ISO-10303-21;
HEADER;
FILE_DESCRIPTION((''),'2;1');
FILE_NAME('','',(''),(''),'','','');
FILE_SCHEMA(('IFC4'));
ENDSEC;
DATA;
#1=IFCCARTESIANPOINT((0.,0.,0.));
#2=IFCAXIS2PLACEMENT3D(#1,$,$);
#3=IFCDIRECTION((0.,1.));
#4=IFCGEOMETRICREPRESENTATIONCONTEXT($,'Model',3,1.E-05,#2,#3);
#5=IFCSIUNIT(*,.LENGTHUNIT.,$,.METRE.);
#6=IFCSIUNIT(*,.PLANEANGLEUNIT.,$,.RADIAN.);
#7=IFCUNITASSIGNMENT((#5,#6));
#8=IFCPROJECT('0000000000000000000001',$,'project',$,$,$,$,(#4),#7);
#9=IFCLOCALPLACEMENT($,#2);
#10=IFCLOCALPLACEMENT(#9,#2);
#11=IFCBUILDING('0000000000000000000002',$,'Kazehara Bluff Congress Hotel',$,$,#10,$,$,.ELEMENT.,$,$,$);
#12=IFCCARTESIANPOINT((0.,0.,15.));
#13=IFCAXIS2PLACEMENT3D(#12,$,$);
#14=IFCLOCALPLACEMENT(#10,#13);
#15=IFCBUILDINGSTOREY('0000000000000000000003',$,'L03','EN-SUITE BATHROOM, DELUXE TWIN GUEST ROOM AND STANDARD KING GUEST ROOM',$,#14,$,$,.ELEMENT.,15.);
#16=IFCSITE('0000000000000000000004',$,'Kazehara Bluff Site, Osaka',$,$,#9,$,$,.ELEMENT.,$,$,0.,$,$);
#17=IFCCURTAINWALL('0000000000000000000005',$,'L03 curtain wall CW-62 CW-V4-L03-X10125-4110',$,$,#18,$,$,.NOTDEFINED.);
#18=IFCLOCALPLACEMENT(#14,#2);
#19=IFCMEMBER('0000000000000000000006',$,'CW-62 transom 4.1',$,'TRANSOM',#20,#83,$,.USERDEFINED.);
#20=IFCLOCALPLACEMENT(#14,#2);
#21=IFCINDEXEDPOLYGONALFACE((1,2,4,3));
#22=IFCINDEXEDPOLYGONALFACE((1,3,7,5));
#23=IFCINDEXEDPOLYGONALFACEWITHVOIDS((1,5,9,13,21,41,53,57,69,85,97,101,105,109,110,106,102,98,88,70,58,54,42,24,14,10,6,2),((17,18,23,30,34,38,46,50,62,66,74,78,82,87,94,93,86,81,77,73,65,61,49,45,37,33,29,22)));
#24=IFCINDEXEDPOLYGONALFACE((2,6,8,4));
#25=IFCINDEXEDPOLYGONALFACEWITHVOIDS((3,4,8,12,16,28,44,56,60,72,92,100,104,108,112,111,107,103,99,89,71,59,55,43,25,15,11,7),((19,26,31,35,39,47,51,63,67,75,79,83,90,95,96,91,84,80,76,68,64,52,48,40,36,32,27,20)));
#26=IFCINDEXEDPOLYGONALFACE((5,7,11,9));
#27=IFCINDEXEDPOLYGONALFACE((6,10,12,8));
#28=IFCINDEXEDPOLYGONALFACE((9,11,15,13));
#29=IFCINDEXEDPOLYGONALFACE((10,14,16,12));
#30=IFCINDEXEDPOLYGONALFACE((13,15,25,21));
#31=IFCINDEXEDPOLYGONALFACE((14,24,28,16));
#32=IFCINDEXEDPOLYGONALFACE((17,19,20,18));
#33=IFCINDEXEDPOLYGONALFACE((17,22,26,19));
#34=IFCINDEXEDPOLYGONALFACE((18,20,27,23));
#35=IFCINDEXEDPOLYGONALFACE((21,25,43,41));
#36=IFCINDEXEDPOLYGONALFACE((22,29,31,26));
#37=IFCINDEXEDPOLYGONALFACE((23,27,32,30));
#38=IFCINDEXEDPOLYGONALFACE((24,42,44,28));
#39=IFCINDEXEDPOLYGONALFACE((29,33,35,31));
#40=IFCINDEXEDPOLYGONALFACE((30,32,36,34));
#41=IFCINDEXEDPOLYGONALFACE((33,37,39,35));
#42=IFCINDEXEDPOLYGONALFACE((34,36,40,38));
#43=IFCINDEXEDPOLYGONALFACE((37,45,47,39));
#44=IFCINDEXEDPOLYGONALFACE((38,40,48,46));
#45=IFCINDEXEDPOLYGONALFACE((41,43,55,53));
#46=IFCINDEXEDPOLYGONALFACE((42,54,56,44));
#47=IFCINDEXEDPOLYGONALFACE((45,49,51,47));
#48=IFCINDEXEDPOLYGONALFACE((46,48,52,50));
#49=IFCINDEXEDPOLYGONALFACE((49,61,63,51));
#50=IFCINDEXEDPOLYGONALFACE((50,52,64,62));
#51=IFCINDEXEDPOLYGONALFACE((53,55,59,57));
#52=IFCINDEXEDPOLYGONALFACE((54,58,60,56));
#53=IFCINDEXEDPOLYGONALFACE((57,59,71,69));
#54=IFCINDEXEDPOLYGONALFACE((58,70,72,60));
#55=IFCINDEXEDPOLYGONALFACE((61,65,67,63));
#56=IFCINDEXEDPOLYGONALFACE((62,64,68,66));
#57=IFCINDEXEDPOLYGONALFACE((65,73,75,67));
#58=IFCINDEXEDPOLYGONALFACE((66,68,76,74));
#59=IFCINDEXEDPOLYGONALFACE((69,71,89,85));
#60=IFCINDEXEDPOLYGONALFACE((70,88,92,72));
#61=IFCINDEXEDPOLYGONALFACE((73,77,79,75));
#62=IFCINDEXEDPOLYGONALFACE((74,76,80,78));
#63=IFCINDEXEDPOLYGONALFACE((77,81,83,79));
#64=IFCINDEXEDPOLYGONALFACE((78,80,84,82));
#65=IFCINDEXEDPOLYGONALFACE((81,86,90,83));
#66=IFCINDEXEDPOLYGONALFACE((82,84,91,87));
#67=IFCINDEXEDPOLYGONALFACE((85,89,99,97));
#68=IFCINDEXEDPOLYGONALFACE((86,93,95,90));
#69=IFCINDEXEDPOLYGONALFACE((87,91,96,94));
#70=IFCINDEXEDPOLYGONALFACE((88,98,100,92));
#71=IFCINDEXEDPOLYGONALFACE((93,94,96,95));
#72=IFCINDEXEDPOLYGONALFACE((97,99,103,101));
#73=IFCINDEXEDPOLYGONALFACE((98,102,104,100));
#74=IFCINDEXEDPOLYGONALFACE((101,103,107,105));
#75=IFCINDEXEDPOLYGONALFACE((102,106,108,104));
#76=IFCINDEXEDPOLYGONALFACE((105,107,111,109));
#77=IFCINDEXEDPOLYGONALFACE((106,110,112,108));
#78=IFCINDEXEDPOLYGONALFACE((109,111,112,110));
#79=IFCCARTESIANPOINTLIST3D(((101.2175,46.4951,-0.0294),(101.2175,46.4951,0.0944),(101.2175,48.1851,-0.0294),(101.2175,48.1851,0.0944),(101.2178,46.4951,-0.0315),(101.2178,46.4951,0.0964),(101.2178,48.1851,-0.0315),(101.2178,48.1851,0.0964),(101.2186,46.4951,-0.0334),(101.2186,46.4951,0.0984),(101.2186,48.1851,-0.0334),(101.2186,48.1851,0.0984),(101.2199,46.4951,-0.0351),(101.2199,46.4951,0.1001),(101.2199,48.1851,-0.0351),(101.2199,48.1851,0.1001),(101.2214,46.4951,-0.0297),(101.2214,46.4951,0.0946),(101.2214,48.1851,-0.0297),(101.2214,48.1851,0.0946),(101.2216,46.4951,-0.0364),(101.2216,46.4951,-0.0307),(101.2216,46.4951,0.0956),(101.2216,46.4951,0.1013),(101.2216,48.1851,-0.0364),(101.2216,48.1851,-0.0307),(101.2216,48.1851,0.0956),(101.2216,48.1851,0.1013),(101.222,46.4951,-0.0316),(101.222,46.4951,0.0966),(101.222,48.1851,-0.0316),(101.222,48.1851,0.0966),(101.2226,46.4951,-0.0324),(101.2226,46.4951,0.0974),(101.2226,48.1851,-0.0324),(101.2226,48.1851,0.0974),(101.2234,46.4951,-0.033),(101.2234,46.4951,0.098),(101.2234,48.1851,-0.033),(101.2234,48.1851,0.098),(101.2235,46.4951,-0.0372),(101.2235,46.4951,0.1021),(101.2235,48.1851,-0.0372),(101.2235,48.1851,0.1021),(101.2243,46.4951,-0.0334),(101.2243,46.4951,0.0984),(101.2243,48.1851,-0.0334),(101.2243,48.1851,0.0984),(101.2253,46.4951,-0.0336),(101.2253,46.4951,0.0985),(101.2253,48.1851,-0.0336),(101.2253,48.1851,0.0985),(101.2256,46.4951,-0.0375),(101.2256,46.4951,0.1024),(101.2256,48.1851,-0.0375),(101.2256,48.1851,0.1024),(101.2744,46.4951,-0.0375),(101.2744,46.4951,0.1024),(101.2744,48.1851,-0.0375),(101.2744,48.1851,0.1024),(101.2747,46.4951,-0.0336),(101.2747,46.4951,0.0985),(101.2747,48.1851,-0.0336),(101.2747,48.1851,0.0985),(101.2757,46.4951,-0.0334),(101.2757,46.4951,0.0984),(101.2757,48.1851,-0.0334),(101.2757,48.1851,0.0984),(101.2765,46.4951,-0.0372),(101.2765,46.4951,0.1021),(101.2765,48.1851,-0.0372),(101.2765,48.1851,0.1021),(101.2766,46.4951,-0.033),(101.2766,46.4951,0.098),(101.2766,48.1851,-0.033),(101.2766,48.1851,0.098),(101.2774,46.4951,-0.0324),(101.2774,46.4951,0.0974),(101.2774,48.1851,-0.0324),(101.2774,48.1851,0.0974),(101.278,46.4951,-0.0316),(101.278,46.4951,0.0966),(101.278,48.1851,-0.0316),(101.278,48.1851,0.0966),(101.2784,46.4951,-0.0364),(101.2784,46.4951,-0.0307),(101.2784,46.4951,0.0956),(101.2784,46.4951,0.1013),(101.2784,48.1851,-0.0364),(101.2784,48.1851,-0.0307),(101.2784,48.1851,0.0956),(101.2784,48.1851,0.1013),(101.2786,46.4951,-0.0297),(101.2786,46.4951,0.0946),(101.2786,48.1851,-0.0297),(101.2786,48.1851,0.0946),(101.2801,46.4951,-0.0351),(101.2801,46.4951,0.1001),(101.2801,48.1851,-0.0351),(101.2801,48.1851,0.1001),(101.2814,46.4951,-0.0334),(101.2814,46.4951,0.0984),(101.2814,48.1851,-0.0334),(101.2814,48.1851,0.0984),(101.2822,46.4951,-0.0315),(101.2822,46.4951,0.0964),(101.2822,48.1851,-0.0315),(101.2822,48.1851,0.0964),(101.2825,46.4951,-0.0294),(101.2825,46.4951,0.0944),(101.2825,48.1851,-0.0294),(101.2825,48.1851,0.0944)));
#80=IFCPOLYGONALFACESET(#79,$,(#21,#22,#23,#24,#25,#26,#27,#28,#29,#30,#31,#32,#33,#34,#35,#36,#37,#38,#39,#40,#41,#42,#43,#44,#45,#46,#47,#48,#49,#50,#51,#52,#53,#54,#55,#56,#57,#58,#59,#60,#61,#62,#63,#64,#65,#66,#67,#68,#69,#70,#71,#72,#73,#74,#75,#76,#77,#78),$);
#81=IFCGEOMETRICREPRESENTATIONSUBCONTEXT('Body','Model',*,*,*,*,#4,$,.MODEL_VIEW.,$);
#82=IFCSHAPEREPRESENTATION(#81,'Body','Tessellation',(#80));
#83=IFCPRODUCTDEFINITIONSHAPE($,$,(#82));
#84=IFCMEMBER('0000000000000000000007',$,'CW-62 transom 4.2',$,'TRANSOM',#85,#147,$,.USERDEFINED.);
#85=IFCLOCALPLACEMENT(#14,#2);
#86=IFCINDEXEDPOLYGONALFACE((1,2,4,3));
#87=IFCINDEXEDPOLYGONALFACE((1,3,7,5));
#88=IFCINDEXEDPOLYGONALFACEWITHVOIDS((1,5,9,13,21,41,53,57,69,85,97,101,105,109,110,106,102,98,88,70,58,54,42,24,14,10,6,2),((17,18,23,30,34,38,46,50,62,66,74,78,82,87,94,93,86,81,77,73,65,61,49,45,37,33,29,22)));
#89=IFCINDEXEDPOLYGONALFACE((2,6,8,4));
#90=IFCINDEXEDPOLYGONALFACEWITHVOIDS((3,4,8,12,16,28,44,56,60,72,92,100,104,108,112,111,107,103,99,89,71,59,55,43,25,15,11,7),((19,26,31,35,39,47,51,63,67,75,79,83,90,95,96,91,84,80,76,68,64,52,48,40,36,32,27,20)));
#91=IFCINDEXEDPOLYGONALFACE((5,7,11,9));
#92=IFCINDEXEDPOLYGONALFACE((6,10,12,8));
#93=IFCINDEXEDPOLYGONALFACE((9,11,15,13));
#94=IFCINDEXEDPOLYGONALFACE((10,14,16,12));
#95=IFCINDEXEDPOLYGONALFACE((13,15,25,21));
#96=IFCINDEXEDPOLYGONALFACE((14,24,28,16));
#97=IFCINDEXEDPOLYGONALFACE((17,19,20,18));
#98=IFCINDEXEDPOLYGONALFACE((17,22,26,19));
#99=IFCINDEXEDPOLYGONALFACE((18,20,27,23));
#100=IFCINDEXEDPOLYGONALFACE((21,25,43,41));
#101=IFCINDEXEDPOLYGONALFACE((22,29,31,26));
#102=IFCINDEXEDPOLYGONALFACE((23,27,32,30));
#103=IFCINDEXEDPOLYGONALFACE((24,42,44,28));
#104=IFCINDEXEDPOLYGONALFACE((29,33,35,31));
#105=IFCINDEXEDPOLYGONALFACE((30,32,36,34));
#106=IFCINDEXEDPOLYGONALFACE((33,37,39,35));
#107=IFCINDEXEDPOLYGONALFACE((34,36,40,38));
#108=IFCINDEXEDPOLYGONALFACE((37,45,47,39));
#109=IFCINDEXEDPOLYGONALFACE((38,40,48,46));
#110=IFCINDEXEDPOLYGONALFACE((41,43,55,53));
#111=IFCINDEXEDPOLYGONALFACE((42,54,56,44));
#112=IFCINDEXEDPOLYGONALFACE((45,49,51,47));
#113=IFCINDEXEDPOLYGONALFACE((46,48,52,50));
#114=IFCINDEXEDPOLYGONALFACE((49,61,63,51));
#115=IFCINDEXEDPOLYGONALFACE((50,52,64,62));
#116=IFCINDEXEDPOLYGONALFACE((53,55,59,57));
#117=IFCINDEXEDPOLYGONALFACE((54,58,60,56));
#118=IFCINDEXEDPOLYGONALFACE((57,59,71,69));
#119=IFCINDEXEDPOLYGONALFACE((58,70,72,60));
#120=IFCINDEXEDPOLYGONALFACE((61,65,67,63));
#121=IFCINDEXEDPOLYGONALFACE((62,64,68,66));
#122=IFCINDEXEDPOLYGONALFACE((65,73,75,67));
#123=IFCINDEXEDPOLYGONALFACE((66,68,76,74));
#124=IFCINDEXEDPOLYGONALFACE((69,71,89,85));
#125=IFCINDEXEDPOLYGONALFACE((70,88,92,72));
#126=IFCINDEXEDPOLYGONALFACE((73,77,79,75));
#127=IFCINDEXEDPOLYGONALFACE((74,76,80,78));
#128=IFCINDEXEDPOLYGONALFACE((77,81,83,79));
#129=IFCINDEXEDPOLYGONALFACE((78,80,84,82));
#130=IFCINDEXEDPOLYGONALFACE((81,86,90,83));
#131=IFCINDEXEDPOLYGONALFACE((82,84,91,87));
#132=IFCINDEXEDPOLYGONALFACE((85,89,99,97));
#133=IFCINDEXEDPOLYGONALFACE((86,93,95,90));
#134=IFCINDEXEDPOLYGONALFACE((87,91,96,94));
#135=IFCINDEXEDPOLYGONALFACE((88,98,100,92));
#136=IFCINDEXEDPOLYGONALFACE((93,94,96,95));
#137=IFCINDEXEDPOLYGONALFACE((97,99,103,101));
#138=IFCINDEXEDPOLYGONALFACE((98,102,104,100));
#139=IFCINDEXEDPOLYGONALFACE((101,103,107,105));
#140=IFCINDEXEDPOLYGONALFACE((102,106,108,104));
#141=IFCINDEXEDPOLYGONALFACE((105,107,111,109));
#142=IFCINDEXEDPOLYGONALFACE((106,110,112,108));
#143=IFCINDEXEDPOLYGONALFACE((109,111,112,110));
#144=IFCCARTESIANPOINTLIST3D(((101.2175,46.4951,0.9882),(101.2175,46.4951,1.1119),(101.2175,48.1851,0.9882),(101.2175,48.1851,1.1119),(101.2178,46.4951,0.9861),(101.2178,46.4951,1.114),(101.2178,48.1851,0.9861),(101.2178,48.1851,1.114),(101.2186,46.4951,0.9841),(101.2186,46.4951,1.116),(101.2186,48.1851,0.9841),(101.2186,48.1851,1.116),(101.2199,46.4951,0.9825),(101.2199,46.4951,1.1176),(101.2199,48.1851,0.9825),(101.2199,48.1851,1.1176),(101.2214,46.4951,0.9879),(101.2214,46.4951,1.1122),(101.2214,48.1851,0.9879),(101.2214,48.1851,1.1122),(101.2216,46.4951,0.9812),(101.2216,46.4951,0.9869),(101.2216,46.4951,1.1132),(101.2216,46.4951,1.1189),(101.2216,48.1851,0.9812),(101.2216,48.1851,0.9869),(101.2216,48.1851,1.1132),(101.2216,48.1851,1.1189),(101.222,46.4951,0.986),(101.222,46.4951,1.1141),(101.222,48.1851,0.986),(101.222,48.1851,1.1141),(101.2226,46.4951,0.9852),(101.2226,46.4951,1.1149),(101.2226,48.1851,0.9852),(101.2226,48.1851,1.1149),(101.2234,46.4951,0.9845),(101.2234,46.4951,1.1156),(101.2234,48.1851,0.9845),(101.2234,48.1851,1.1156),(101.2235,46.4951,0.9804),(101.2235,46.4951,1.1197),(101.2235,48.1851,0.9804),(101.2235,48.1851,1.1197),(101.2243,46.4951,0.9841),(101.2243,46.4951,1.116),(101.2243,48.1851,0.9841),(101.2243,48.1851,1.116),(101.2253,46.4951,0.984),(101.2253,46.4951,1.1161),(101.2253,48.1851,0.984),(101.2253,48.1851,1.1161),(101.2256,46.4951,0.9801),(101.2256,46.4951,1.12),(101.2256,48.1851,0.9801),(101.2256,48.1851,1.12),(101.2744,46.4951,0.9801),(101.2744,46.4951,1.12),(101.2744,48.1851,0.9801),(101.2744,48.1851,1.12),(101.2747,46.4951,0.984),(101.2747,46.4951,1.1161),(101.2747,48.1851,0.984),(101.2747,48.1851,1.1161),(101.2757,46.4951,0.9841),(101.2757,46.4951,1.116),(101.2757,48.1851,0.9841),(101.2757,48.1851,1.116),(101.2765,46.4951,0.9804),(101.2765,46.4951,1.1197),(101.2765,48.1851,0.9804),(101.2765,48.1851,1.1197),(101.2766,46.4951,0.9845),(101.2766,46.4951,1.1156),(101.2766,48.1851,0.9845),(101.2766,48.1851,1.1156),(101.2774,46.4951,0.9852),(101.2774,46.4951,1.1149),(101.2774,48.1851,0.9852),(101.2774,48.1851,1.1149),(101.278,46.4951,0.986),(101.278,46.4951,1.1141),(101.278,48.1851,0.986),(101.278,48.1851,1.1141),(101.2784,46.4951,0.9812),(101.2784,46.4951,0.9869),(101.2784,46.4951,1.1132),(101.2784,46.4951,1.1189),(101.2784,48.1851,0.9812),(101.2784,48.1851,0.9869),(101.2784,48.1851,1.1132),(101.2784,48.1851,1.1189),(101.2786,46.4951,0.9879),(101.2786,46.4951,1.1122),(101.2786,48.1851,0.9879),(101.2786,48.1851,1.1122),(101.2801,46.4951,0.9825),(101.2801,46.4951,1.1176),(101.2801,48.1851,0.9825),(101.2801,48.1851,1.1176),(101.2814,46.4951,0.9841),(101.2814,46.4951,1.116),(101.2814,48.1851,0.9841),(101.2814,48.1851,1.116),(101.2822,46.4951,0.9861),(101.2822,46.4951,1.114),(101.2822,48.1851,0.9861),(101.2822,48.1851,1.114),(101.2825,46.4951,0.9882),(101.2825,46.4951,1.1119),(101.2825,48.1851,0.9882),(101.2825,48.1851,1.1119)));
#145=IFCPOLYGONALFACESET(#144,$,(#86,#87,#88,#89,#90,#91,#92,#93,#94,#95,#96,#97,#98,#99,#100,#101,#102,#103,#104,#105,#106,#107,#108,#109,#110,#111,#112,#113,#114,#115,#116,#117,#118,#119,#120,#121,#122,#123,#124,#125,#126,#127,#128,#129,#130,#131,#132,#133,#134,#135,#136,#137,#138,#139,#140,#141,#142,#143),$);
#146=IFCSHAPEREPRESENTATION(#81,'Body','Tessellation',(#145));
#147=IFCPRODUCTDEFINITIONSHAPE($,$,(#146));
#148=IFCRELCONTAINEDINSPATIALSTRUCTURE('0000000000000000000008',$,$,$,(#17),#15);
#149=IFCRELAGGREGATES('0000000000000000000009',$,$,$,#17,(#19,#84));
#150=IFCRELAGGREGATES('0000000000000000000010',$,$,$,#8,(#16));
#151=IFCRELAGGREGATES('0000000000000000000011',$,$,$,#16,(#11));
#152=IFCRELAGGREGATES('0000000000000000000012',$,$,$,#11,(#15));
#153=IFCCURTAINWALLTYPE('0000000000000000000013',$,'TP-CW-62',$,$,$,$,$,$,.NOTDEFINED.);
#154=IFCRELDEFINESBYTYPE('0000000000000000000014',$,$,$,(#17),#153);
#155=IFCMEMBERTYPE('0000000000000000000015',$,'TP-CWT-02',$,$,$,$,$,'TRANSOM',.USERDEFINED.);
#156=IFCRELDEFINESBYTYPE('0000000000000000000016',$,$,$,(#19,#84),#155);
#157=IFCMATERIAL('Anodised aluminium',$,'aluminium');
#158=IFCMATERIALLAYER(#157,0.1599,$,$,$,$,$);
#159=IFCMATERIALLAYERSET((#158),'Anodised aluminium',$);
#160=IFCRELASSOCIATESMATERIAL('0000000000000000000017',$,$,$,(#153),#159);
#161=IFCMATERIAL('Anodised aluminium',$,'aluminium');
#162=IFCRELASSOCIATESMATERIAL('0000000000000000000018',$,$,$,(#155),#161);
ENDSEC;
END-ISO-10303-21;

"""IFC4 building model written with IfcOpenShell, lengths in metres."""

from ifc_helpers import new_model, si_unit, direction, frame, origin, origin_2d, place, context, subcontext, project, spatial, hollow_rectangle, extrude, material, layer, layer_set, material_profile, profile_set, type_object, element, aggregate, save


model = new_model("IFC4")

# Units and contexts
model_context = context("Model", 3, precision=1e-05, world=origin(), true_north=direction((0.0, 1.0)))
body_context = subcontext(model_context, "Body", "Model", "MODEL_VIEW")
ifc_project = project(units=[si_unit("LENGTHUNIT", "METRE"), si_unit("PLANEANGLEUNIT", "RADIAN")], contexts=[model_context])

# Site, building, storey
site_placement = place(None, origin())
site = spatial("IfcSite", under=ifc_project, at=site_placement, Name="Kazehara Bluff Site, Osaka", CompositionType="ELEMENT", RefElevation=0.0)
building_placement = place(site_placement, origin())
building = spatial("IfcBuilding", under=site, at=building_placement, Name="Kazehara Bluff Congress Hotel", CompositionType="ELEMENT")
storey_placement = place(building_placement, frame((0.0, 0.0, 15.0)))
storey = spatial("IfcBuildingStorey", under=building, at=storey_placement, Name="L03", Description="EN-SUITE BATHROOM, DELUXE TWIN GUEST ROOM AND STANDARD KING GUEST ROOM", CompositionType="ELEMENT", Elevation=15.0)

# Curtain wall
ifc_material_1 = material(Name="Anodised aluminium", Category="aluminium")
ifc_layer_1 = layer(ifc_material_1, 0.1599)
ifc_layer_set_1 = layer_set([ifc_layer_1], Name="Anodised aluminium")
curtain_wall_type_1 = type_object("IfcCurtainWallType", Name="TP-CW-62", PredefinedType="NOTDEFINED", material=ifc_layer_set_1)
curtain_wall_1_placement = place(storey_placement, origin())
curtain_wall_1 = element("IfcCurtainWall", 1, at=curtain_wall_1_placement, inside=storey, type_object=curtain_wall_type_1, Name="L03 curtain wall CW-62 CW-V4-L03-X10125-4110", PredefinedType="NOTDEFINED")

# Members
ifc_material_2 = material(Name="Anodised aluminium", Category="aluminium")
ifc_material_profile_1 = material_profile(ifc_material_2, hollow_rectangle(XDim=0.0649, YDim=0.1399, WallThickness=0.0039, InnerFilletRadius=0.0039, OuterFilletRadius=0.0081, at=origin_2d()))
ifc_profile_set_1 = profile_set([ifc_material_profile_1], Name="Anodised aluminium")
member_type_1 = type_object("IfcMemberType", Name="TP-CWT-02", ElementType="TRANSOM", PredefinedType="USERDEFINED", material=ifc_profile_set_1)
member_1_placement = place(storey_placement, frame((101.25, 46.4951, 0.0325), z_axis=(0.0, 1.0, 0.0), x_axis=(-1.0, 0.0, 0.0)))
member_1 = element("IfcMember", 2, at=member_1_placement, type_object=member_type_1, Name="CW-62 transom 4.1", ObjectType="TRANSOM", PredefinedType="USERDEFINED", context=body_context, shape_type="SweptSolid", body=[
    extrude(hollow_rectangle(XDim=0.0649, YDim=0.1399, WallThickness=0.0039, InnerFilletRadius=0.0039, OuterFilletRadius=0.0081, at=origin_2d()), origin(), (0.0, 0.0, 1.0), 1.6899),
])
member_2_placement = place(storey_placement, frame((101.25, 46.4951, 1.05), z_axis=(0.0, 1.0, 0.0), x_axis=(-1.0, 0.0, 0.0)))
member_2 = element("IfcMember", 3, at=member_2_placement, type_object=member_type_1, Name="CW-62 transom 4.2", ObjectType="TRANSOM", PredefinedType="USERDEFINED", context=body_context, shape_type="SweptSolid", body=[
    extrude(hollow_rectangle(XDim=0.0649, YDim=0.1399, WallThickness=0.0039, InnerFilletRadius=0.0039, OuterFilletRadius=0.0081, at=origin_2d()), origin(), (0.0, 0.0, 1.0), 1.6899),
])

aggregate(curtain_wall_1, [member_1, member_2])

save(model, "model.ifc")
